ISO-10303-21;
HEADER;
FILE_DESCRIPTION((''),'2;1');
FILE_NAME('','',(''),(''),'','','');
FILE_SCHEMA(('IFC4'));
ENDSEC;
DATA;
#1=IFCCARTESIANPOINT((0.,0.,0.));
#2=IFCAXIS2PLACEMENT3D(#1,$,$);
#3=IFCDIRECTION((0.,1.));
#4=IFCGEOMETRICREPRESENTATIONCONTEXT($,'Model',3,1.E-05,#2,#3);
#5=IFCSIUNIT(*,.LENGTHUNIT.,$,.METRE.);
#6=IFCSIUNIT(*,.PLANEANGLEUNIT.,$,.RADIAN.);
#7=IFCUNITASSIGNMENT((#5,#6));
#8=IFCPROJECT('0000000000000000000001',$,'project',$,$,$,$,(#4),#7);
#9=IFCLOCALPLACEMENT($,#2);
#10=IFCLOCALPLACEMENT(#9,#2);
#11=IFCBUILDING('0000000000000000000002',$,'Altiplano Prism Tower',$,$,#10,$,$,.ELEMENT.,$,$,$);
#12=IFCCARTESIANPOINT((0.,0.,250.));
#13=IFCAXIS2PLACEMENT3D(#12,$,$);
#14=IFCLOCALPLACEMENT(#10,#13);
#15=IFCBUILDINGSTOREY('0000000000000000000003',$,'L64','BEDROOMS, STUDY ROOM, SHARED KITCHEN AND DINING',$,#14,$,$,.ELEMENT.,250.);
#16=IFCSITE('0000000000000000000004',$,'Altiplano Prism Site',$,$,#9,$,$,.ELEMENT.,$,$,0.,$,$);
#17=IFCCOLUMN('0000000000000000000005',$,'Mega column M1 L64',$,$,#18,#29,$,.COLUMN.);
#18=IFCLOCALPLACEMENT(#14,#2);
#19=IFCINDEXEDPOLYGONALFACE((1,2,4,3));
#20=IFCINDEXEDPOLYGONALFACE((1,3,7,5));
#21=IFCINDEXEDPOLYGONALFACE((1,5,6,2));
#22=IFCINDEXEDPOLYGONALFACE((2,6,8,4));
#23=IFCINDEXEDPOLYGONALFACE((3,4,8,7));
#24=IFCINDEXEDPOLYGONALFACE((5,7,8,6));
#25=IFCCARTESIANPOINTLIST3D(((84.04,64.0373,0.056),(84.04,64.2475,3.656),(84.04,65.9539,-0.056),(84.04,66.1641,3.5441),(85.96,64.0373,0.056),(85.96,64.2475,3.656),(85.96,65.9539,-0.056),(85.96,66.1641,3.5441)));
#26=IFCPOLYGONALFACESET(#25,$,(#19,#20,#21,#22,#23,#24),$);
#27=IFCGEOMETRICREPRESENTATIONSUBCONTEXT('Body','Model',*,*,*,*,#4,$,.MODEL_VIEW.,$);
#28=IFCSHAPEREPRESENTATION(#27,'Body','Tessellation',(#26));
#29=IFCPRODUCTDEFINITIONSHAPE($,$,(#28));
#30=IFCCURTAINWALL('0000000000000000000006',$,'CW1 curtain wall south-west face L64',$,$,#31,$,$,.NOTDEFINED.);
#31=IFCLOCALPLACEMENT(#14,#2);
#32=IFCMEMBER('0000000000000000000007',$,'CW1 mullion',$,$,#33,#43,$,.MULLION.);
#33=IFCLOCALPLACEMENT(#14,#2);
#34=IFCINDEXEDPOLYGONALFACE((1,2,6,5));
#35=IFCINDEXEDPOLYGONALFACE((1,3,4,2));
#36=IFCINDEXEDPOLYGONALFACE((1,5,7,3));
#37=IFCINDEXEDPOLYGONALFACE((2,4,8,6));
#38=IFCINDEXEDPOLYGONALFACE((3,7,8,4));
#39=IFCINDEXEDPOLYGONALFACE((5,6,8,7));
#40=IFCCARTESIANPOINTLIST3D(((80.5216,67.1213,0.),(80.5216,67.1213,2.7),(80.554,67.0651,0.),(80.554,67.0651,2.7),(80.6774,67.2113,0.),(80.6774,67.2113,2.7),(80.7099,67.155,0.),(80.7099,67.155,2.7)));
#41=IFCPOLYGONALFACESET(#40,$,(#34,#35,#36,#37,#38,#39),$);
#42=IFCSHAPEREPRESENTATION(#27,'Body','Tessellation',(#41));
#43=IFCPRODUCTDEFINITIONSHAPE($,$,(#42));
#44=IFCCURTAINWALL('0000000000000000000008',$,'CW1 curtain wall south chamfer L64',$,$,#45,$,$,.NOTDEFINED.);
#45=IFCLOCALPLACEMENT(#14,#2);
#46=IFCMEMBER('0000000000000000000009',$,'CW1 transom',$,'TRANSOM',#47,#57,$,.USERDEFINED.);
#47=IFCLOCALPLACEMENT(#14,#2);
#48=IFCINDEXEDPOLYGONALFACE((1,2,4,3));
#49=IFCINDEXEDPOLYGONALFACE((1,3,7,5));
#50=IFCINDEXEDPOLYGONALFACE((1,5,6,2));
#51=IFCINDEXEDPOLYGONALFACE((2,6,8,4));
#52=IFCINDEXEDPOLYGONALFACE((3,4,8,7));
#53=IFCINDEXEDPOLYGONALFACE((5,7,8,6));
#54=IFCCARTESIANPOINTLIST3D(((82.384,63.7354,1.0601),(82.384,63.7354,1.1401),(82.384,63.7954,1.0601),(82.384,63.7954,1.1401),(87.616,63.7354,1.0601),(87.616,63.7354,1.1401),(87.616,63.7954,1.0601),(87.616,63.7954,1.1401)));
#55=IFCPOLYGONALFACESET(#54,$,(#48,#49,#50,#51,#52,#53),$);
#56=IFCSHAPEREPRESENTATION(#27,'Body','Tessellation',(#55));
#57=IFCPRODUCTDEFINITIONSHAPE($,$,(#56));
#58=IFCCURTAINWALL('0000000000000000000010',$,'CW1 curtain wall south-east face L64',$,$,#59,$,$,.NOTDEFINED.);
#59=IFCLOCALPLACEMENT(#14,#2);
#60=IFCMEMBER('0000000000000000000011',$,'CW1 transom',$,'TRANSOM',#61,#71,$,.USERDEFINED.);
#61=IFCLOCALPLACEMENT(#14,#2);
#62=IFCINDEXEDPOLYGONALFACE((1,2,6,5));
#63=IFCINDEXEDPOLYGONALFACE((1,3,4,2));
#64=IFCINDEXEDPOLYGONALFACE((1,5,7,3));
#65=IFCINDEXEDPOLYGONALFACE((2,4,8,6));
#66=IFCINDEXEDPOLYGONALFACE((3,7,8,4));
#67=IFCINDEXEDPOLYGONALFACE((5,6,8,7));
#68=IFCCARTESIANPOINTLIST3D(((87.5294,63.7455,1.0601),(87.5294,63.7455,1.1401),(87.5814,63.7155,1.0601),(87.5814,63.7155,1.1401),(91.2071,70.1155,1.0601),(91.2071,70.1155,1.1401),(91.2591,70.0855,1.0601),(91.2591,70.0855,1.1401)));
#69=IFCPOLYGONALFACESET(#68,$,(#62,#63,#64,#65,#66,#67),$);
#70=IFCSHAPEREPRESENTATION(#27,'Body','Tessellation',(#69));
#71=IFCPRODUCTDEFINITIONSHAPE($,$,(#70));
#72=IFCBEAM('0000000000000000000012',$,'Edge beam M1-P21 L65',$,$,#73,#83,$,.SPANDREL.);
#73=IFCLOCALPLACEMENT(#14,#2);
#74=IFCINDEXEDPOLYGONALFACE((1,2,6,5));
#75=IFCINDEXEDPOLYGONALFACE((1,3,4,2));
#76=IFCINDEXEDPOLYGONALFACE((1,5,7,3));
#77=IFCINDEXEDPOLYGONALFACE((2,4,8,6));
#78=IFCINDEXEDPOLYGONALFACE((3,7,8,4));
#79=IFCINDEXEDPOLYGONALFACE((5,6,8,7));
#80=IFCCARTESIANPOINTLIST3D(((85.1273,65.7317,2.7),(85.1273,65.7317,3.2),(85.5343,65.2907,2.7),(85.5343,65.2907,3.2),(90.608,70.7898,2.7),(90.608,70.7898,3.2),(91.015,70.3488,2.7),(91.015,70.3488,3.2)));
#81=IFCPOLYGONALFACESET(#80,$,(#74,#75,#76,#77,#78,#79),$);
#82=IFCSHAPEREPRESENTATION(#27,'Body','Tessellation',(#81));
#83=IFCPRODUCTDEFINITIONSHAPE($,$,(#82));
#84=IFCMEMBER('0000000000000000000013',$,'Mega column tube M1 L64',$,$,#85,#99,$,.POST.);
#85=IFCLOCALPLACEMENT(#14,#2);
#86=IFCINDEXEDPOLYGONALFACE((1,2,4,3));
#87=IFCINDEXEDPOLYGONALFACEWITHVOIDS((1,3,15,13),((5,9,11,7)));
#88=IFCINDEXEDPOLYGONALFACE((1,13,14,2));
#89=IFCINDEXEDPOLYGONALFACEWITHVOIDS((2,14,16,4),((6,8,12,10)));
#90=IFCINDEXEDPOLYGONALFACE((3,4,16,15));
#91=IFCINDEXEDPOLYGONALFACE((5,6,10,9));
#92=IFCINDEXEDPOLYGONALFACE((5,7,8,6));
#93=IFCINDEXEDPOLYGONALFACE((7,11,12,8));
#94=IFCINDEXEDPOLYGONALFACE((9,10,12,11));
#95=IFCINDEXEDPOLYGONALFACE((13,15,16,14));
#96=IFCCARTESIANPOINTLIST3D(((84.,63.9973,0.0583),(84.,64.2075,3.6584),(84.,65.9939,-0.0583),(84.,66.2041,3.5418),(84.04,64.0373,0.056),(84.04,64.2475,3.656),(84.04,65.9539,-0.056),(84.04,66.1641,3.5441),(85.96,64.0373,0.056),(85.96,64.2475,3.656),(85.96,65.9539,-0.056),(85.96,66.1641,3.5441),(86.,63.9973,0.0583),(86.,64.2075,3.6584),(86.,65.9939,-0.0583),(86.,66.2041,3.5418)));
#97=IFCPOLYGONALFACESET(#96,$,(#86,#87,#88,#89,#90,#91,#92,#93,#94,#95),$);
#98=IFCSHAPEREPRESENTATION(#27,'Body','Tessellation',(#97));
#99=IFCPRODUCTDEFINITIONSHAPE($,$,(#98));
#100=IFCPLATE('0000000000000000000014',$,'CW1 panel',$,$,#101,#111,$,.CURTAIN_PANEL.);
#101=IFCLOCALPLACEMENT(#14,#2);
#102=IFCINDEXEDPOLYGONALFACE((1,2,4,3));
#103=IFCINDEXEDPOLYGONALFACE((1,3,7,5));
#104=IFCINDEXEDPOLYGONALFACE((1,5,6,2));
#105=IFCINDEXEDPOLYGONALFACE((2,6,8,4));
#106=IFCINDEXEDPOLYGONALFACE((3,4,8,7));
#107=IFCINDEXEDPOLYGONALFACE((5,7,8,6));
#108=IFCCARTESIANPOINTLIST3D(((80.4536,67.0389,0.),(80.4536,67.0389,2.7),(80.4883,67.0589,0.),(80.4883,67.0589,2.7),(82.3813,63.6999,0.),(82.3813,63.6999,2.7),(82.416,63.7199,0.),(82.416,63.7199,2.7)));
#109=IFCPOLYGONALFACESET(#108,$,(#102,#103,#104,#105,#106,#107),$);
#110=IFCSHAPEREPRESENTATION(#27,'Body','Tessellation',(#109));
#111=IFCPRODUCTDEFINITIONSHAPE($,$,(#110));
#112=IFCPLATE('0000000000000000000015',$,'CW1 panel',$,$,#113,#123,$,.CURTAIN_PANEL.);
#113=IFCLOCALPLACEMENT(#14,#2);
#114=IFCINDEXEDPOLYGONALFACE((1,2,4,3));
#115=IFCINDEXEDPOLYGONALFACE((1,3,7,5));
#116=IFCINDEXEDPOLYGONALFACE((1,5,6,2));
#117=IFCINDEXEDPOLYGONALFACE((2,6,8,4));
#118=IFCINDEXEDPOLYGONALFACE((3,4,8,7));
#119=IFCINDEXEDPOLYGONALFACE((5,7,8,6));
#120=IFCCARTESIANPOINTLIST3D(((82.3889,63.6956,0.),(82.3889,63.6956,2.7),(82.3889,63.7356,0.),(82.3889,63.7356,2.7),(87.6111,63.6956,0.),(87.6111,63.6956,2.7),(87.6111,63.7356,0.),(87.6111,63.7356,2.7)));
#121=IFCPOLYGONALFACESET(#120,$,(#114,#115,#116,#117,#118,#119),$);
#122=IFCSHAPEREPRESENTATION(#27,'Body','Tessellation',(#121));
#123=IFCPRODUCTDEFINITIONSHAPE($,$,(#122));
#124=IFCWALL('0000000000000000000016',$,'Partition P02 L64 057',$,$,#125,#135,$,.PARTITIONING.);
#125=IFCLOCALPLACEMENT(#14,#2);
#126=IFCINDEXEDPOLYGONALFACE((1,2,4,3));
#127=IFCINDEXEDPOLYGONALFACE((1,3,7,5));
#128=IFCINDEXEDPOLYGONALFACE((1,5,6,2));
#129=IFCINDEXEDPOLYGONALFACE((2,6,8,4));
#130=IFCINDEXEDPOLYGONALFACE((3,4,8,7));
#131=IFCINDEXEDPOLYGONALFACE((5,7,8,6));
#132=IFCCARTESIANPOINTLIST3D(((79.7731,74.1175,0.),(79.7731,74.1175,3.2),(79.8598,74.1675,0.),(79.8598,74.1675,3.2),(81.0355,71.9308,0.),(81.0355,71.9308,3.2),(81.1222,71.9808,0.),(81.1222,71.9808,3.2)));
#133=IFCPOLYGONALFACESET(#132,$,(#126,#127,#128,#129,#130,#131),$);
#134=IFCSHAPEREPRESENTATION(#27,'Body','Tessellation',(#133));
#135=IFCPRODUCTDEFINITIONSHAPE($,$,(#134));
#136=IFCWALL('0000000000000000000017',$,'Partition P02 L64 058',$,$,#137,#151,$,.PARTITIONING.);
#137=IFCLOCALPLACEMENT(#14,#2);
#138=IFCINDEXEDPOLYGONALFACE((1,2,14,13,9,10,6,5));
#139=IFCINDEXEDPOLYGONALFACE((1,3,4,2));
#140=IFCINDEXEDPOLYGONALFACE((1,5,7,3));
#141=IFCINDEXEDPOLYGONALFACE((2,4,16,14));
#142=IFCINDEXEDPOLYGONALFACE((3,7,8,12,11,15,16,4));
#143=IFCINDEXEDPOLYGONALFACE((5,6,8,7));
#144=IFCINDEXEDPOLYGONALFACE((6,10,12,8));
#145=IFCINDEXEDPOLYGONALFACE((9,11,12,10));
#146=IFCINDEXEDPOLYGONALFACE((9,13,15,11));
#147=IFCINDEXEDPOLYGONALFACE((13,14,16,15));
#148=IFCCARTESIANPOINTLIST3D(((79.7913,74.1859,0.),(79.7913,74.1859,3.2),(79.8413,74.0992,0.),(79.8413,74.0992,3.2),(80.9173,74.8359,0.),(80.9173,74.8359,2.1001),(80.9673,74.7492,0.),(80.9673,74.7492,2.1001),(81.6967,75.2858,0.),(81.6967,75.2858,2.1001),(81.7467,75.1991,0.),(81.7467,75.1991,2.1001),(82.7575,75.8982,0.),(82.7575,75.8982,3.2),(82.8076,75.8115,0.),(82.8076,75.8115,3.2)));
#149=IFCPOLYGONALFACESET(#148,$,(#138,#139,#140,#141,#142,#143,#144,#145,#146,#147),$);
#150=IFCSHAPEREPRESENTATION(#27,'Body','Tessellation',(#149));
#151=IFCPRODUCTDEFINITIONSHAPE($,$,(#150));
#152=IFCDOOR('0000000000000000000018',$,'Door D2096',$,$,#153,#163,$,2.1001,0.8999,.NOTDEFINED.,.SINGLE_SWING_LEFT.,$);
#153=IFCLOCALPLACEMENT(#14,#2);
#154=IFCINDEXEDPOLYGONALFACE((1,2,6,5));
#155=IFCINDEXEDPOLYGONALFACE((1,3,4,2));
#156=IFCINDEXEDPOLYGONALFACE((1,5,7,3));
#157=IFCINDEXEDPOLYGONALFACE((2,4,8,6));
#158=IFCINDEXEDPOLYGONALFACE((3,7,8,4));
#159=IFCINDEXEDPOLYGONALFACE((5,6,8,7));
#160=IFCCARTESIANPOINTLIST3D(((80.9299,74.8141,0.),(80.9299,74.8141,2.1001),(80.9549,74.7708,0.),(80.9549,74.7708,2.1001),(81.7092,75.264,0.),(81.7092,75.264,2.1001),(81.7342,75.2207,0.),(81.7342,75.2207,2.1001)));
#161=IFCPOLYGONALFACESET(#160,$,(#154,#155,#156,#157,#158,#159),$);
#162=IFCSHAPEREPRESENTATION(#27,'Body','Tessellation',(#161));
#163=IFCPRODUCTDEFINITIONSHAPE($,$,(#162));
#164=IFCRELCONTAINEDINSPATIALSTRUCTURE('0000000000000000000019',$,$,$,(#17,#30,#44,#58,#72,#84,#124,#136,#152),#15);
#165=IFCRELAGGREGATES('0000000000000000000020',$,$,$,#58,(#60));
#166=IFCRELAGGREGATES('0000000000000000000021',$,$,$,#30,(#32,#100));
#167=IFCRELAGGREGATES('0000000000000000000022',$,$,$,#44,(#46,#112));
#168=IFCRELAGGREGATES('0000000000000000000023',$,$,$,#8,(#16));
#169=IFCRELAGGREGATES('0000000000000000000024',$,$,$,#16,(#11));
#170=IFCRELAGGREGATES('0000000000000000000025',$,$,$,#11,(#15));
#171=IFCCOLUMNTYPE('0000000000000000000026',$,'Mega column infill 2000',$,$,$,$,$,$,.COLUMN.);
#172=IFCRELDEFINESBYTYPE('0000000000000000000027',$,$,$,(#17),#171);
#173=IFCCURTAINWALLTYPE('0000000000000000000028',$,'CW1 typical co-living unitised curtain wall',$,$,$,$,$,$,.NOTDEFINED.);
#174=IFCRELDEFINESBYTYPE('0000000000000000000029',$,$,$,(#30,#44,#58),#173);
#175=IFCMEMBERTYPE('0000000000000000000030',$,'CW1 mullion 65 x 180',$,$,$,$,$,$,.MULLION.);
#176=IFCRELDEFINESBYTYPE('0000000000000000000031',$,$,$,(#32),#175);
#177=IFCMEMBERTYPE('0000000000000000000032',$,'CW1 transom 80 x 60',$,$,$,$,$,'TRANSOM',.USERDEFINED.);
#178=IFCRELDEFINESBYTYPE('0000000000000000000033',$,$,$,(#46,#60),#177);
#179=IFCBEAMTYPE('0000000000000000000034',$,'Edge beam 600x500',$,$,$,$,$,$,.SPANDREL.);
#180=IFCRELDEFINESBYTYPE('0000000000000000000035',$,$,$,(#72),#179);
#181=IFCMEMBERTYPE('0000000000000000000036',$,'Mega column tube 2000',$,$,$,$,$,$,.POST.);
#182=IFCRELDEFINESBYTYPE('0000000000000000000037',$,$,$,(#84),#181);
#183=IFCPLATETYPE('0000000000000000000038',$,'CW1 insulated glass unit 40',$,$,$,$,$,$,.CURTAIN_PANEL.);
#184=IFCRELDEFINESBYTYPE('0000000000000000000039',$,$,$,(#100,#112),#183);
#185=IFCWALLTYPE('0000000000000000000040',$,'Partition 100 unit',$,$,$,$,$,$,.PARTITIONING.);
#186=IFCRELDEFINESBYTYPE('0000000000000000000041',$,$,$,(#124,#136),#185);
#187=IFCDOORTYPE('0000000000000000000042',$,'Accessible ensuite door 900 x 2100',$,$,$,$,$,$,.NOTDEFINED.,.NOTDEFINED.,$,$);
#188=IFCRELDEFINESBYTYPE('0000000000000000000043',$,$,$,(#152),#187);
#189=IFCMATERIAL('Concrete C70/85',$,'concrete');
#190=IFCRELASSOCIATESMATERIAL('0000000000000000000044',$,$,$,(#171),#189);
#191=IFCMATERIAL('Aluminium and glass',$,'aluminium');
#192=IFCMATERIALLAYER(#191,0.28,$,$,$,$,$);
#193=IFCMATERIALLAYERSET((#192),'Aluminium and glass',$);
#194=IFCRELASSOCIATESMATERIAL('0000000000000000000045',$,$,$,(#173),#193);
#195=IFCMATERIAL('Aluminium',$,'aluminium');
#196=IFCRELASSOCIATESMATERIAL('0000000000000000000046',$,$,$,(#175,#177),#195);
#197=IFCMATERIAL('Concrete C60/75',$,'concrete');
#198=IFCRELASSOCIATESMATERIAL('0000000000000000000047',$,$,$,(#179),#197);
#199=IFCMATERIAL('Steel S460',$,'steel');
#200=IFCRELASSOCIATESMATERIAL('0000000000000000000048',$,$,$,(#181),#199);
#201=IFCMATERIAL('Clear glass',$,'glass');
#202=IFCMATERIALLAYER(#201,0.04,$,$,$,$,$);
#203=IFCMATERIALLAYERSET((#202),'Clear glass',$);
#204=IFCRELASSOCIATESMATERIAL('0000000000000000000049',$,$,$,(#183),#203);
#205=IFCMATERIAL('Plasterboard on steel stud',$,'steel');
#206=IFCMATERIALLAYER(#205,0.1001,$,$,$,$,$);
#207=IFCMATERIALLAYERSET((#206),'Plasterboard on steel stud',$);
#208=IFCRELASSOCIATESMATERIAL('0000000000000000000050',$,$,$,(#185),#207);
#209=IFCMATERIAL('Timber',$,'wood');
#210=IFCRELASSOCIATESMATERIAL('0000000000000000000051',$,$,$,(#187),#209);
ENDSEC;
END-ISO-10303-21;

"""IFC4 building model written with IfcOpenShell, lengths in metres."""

from ifc_helpers import new_model, si_unit, direction, frame, frame_2d, origin, origin_2d, place, context, subcontext, project, spatial, rectangle, hollow_rectangle, extrude, material, layer, layer_set, material_profile, profile_set, type_object, element, fill, aggregate, save


model = new_model("IFC4")

# Units and contexts
model_context = context("Model", 3, precision=1e-05, world=origin(), true_north=direction((0.0, 1.0)))
body_context = subcontext(model_context, "Body", "Model", "MODEL_VIEW")
ifc_project = project(units=[si_unit("LENGTHUNIT", "METRE"), si_unit("PLANEANGLEUNIT", "RADIAN")], contexts=[model_context])

# Site, building, storey
site_placement = place(None, origin())
site = spatial("IfcSite", under=ifc_project, at=site_placement, Name="Altiplano Prism Site", CompositionType="ELEMENT", RefElevation=0.0)
building_placement = place(site_placement, origin())
building = spatial("IfcBuilding", under=site, at=building_placement, Name="Altiplano Prism Tower", CompositionType="ELEMENT")
storey_placement = place(building_placement, frame((0.0, 0.0, 250.0)))
storey = spatial("IfcBuildingStorey", under=building, at=storey_placement, Name="L64", Description="BEDROOMS, STUDY ROOM, SHARED KITCHEN AND DINING", CompositionType="ELEMENT", Elevation=250.0)

# Column
ifc_material_1 = material(Name="Concrete C70/85", Category="concrete")
ifc_material_profile_1 = material_profile(ifc_material_1, rectangle(XDim=1.9199, YDim=1.9199, at=origin_2d()), Name="Mega column infill 2000")
ifc_profile_set_1 = profile_set([ifc_material_profile_1], Name="Concrete C70/85")
column_type = type_object("IfcColumnType", Name="Mega column infill 2000", PredefinedType="COLUMN", material=ifc_profile_set_1)
column_placement = place(storey_placement, frame((85.0, 64.9956, 0.0), z_axis=(0.0, 0.058289, 0.9983), x_axis=(-1.0, 0.0, 0.0)))
element("IfcColumn", 1, at=column_placement, inside=storey, type_object=column_type, Name="Mega column M1 L64", PredefinedType="COLUMN", context=body_context, shape_type="SweptSolid", body=[
    extrude(rectangle(XDim=1.9199, YDim=1.9199, at=origin_2d()), origin(), (0.0, 0.0, 1.0), 3.6062),
])

# Curtain walls, members
ifc_material_2 = material(Name="Aluminium and glass", Category="aluminium")
ifc_layer_1 = layer(ifc_material_2, 0.28)
ifc_layer_set_1 = layer_set([ifc_layer_1], Name="Aluminium and glass")
curtain_wall_type = type_object("IfcCurtainWallType", Name="CW1 typical co-living unitised curtain wall", PredefinedType="NOTDEFINED", material=ifc_layer_set_1)
curtain_wall_1_placement = place(storey_placement, origin())
curtain_wall_1 = element("IfcCurtainWall", 2, at=curtain_wall_1_placement, inside=storey, type_object=curtain_wall_type, Name="CW1 curtain wall south-west face L64", PredefinedType="NOTDEFINED")
ifc_material_3 = material(Name="Aluminium", Category="aluminium")
ifc_material_profile_2 = material_profile(ifc_material_3, rectangle(XDim=0.1799, YDim=0.0649, at=origin_2d()), Name="CW1 mullion 65 x 180")
ifc_profile_set_2 = profile_set([ifc_material_profile_2], Name="Aluminium")
member_type_1 = type_object("IfcMemberType", Name="CW1 mullion 65 x 180", PredefinedType="MULLION", material=ifc_profile_set_2)
member_1_placement = place(storey_placement, frame((80.6157, 67.1382, 0.0), z_axis=(0.0, 0.0, 1.0), x_axis=(0.866025, 0.5, 0.0)))
member_1 = element("IfcMember", 3, at=member_1_placement, type_object=member_type_1, Name="CW1 mullion", PredefinedType="MULLION", context=body_context, shape_type="SweptSolid", body=[
    extrude(rectangle(XDim=0.1799, YDim=0.0649, at=origin_2d()), origin(), (0.0, 0.0, 1.0), 2.7),
])
curtain_wall_2_placement = place(storey_placement, origin())
curtain_wall_2 = element("IfcCurtainWall", 4, at=curtain_wall_2_placement, inside=storey, type_object=curtain_wall_type, Name="CW1 curtain wall south chamfer L64", PredefinedType="NOTDEFINED")
ifc_material_profile_3 = material_profile(ifc_material_3, rectangle(XDim=0.0601, YDim=0.0801, at=origin_2d()), Name="CW1 transom 80 x 60")
ifc_profile_set_3 = profile_set([ifc_material_profile_3], Name="Aluminium")
member_type_2 = type_object("IfcMemberType", Name="CW1 transom 80 x 60", ElementType="TRANSOM", PredefinedType="USERDEFINED", material=ifc_profile_set_3)
member_2_placement = place(storey_placement, frame((82.384, 63.7654, 1.1001), z_axis=(1.0, 0.0, 0.0), x_axis=(0.0, 1.0, 0.0)))
member_2 = element("IfcMember", 5, at=member_2_placement, type_object=member_type_2, Name="CW1 transom", ObjectType="TRANSOM", PredefinedType="USERDEFINED", context=body_context, shape_type="SweptSolid", body=[
    extrude(rectangle(XDim=0.0601, YDim=0.0801, at=origin_2d()), origin(), (0.0, 0.0, 1.0), 5.2319),
])
curtain_wall_3_placement = place(storey_placement, origin())
curtain_wall_3 = element("IfcCurtainWall", 6, at=curtain_wall_3_placement, inside=storey, type_object=curtain_wall_type, Name="CW1 curtain wall south-east face L64", PredefinedType="NOTDEFINED")
member_3_placement = place(storey_placement, frame((87.5554, 63.7305, 1.1001), z_axis=(0.499994, 0.866029, 0.0), x_axis=(-0.866029, 0.499994, 0.0)))
member_3 = element("IfcMember", 7, at=member_3_placement, type_object=member_type_2, Name="CW1 transom", ObjectType="TRANSOM", PredefinedType="USERDEFINED", context=body_context, shape_type="SweptSolid", body=[
    extrude(rectangle(XDim=0.0601, YDim=0.0801, at=origin_2d()), origin(), (0.0, 0.0, 1.0), 7.3555),
])
aggregate(curtain_wall_3, [member_3])

# Beam
ifc_material_4 = material(Name="Concrete C60/75", Category="concrete")
ifc_material_profile_4 = material_profile(ifc_material_4, rectangle(XDim=0.6001, YDim=0.5, at=origin_2d()), Name="Edge beam 600x500")
ifc_profile_set_4 = profile_set([ifc_material_profile_4], Name="Concrete C60/75")
beam_type = type_object("IfcBeamType", Name="Edge beam 600x500", PredefinedType="SPANDREL", material=ifc_profile_set_4)
beam_placement = place(storey_placement, frame((85.3308, 65.5112, 2.95), z_axis=(0.734871, 0.678207, 0.0), x_axis=(-0.678207, 0.734871, 0.0)))
element("IfcBeam", 8, at=beam_placement, inside=storey, type_object=beam_type, Name="Edge beam M1-P21 L65", PredefinedType="SPANDREL", context=body_context, shape_type="SweptSolid", body=[
    extrude(rectangle(XDim=0.6001, YDim=0.5, at=origin_2d()), origin(), (0.0, 0.0, 1.0), 7.458),
])

# Member
ifc_material_5 = material(Name="Steel S460", Category="steel")
ifc_material_profile_5 = material_profile(ifc_material_5, hollow_rectangle(XDim=2.0, YDim=2.0, WallThickness=0.04, at=origin_2d()), Name="Mega column tube 2000")
ifc_profile_set_5 = profile_set([ifc_material_profile_5], Name="Steel S460")
member_type_3 = type_object("IfcMemberType", Name="Mega column tube 2000", PredefinedType="POST", material=ifc_profile_set_5)
member_4_placement = place(storey_placement, frame((85.0, 64.9956, 0.0), z_axis=(0.0, 0.058289, 0.9983), x_axis=(-1.0, 0.0, 0.0)))
element("IfcMember", 9, at=member_4_placement, inside=storey, type_object=member_type_3, Name="Mega column tube M1 L64", PredefinedType="POST", context=body_context, shape_type="SweptSolid", body=[
    extrude(hollow_rectangle(XDim=2.0, YDim=2.0, WallThickness=0.04, at=origin_2d()), origin(), (0.0, 0.0, 1.0), 3.6062),
])

# Plates
ifc_material_6 = material(Name="Clear glass", Category="glass")
ifc_layer_2 = layer(ifc_material_6, 0.04)
ifc_layer_set_2 = layer_set([ifc_layer_2], Name="Clear glass")
plate_type = type_object("IfcPlateType", Name="CW1 insulated glass unit 40", PredefinedType="CURTAIN_PANEL", material=ifc_layer_set_2)
plate_1_placement = place(storey_placement, frame((81.4348, 65.3794, 0.0), z_axis=(0.0, 0.0, 1.0), x_axis=(0.5, -0.866025, 0.0)))
plate_1 = element("IfcPlate", 10, at=plate_1_placement, type_object=plate_type, Name="CW1 panel", PredefinedType="CURTAIN_PANEL", context=body_context, shape_type="SweptSolid", body=[
    extrude(rectangle(XDim=3.8555, YDim=0.04, at=origin_2d()), origin(), (0.0, 0.0, 1.0), 2.7),
])
aggregate(curtain_wall_1, [member_1, plate_1])
plate_2_placement = place(storey_placement, frame((85.0, 63.7156, 0.0), z_axis=(0.0, 0.0, 1.0), x_axis=(1.0, 0.0, 0.0)))
plate_2 = element("IfcPlate", 11, at=plate_2_placement, type_object=plate_type, Name="CW1 panel", PredefinedType="CURTAIN_PANEL", context=body_context, shape_type="SweptSolid", body=[
    extrude(rectangle(XDim=5.2222, YDim=0.04, at=origin_2d()), origin(), (0.0, 0.0, 1.0), 2.7),
])
aggregate(curtain_wall_2, [member_2, plate_2])

# Wall
ifc_material_7 = material(Name="Plasterboard on steel stud", Category="steel")
ifc_layer_3 = layer(ifc_material_7, 0.1001)
ifc_layer_set_3 = layer_set([ifc_layer_3], Name="Plasterboard on steel stud")
wall_type_1 = type_object("IfcWallType", Name="Partition 100 unit", PredefinedType="PARTITIONING", material=ifc_layer_set_3)
wall_1_placement = place(storey_placement, frame((81.0789, 71.9558, 0.0), z_axis=(0.0, 0.0, 1.0), x_axis=(-0.499976, 0.866039, 0.0)))
element("IfcWall", 12, at=wall_1_placement, inside=storey, type_object=wall_type_1, Name="Partition P02 L64 057", PredefinedType="PARTITIONING", context=body_context, shape_type="SweptSolid", body=[
    extrude(rectangle(XDim=2.5249, YDim=0.1001, at=frame_2d((1.2625, 0.0))), origin(), (0.0, 0.0, 1.0), 3.2),
])

# Wall, opening, door
wall_2_placement = place(storey_placement, frame((79.8164, 74.1426, 0.0), z_axis=(0.0, 0.0, 1.0), x_axis=(0.86605, 0.499957, 0.0)))
wall_2 = element("IfcWall", 13, at=wall_2_placement, inside=storey, type_object=wall_type_1, Name="Partition P02 L64 058", PredefinedType="PARTITIONING", context=body_context, shape_type="SweptSolid", body=[
    extrude(rectangle(XDim=3.425, YDim=0.1001, at=frame_2d((1.7124, 0.0))), origin(), (0.0, 0.0, 1.0), 3.2),
])
opening_1_placement = place(wall_2_placement, frame((1.3, 0.0, 0.0)))
opening_1 = element("IfcOpeningElement", 14, at=opening_1_placement, cuts=wall_2, PredefinedType="OPENING", context=body_context, shape_type="SweptSolid", body=[
    extrude(rectangle(XDim=0.8999, YDim=2.1001, at=frame_2d((0.45, 1.05))), frame((0.0, 0.0605, 0.0), z_axis=(0.0, -1.0, 0.0), x_axis=(1.0, 0.0, 0.0)), (0.0, 0.0, 1.0), 0.1211),
])
ifc_material_8 = material(Name="Timber", Category="wood")
door_type_1 = type_object("IfcDoorType", Name="Accessible ensuite door 900 x 2100", OperationType="NOTDEFINED", PredefinedType="NOTDEFINED", material=ifc_material_8)
door_1_placement = place(opening_1_placement, origin())
door_1 = element("IfcDoor", 15, at=door_1_placement, inside=storey, type_object=door_type_1, Name="Door D2096", OperationType="SINGLE_SWING_LEFT", OverallHeight=2.1001, OverallWidth=0.8999, PredefinedType="NOTDEFINED", context=body_context, shape_type="SweptSolid", body=[
    extrude(rectangle(XDim=0.8999, YDim=2.1001, at=frame_2d((0.45, 1.05))), frame((0.0, 0.0249, 0.0), z_axis=(0.0, -1.0, 0.0), x_axis=(1.0, 0.0, 0.0)), (0.0, 0.0, 1.0), 0.05),
])
fill(opening_1, door_1)

save(model, "model.ifc")
